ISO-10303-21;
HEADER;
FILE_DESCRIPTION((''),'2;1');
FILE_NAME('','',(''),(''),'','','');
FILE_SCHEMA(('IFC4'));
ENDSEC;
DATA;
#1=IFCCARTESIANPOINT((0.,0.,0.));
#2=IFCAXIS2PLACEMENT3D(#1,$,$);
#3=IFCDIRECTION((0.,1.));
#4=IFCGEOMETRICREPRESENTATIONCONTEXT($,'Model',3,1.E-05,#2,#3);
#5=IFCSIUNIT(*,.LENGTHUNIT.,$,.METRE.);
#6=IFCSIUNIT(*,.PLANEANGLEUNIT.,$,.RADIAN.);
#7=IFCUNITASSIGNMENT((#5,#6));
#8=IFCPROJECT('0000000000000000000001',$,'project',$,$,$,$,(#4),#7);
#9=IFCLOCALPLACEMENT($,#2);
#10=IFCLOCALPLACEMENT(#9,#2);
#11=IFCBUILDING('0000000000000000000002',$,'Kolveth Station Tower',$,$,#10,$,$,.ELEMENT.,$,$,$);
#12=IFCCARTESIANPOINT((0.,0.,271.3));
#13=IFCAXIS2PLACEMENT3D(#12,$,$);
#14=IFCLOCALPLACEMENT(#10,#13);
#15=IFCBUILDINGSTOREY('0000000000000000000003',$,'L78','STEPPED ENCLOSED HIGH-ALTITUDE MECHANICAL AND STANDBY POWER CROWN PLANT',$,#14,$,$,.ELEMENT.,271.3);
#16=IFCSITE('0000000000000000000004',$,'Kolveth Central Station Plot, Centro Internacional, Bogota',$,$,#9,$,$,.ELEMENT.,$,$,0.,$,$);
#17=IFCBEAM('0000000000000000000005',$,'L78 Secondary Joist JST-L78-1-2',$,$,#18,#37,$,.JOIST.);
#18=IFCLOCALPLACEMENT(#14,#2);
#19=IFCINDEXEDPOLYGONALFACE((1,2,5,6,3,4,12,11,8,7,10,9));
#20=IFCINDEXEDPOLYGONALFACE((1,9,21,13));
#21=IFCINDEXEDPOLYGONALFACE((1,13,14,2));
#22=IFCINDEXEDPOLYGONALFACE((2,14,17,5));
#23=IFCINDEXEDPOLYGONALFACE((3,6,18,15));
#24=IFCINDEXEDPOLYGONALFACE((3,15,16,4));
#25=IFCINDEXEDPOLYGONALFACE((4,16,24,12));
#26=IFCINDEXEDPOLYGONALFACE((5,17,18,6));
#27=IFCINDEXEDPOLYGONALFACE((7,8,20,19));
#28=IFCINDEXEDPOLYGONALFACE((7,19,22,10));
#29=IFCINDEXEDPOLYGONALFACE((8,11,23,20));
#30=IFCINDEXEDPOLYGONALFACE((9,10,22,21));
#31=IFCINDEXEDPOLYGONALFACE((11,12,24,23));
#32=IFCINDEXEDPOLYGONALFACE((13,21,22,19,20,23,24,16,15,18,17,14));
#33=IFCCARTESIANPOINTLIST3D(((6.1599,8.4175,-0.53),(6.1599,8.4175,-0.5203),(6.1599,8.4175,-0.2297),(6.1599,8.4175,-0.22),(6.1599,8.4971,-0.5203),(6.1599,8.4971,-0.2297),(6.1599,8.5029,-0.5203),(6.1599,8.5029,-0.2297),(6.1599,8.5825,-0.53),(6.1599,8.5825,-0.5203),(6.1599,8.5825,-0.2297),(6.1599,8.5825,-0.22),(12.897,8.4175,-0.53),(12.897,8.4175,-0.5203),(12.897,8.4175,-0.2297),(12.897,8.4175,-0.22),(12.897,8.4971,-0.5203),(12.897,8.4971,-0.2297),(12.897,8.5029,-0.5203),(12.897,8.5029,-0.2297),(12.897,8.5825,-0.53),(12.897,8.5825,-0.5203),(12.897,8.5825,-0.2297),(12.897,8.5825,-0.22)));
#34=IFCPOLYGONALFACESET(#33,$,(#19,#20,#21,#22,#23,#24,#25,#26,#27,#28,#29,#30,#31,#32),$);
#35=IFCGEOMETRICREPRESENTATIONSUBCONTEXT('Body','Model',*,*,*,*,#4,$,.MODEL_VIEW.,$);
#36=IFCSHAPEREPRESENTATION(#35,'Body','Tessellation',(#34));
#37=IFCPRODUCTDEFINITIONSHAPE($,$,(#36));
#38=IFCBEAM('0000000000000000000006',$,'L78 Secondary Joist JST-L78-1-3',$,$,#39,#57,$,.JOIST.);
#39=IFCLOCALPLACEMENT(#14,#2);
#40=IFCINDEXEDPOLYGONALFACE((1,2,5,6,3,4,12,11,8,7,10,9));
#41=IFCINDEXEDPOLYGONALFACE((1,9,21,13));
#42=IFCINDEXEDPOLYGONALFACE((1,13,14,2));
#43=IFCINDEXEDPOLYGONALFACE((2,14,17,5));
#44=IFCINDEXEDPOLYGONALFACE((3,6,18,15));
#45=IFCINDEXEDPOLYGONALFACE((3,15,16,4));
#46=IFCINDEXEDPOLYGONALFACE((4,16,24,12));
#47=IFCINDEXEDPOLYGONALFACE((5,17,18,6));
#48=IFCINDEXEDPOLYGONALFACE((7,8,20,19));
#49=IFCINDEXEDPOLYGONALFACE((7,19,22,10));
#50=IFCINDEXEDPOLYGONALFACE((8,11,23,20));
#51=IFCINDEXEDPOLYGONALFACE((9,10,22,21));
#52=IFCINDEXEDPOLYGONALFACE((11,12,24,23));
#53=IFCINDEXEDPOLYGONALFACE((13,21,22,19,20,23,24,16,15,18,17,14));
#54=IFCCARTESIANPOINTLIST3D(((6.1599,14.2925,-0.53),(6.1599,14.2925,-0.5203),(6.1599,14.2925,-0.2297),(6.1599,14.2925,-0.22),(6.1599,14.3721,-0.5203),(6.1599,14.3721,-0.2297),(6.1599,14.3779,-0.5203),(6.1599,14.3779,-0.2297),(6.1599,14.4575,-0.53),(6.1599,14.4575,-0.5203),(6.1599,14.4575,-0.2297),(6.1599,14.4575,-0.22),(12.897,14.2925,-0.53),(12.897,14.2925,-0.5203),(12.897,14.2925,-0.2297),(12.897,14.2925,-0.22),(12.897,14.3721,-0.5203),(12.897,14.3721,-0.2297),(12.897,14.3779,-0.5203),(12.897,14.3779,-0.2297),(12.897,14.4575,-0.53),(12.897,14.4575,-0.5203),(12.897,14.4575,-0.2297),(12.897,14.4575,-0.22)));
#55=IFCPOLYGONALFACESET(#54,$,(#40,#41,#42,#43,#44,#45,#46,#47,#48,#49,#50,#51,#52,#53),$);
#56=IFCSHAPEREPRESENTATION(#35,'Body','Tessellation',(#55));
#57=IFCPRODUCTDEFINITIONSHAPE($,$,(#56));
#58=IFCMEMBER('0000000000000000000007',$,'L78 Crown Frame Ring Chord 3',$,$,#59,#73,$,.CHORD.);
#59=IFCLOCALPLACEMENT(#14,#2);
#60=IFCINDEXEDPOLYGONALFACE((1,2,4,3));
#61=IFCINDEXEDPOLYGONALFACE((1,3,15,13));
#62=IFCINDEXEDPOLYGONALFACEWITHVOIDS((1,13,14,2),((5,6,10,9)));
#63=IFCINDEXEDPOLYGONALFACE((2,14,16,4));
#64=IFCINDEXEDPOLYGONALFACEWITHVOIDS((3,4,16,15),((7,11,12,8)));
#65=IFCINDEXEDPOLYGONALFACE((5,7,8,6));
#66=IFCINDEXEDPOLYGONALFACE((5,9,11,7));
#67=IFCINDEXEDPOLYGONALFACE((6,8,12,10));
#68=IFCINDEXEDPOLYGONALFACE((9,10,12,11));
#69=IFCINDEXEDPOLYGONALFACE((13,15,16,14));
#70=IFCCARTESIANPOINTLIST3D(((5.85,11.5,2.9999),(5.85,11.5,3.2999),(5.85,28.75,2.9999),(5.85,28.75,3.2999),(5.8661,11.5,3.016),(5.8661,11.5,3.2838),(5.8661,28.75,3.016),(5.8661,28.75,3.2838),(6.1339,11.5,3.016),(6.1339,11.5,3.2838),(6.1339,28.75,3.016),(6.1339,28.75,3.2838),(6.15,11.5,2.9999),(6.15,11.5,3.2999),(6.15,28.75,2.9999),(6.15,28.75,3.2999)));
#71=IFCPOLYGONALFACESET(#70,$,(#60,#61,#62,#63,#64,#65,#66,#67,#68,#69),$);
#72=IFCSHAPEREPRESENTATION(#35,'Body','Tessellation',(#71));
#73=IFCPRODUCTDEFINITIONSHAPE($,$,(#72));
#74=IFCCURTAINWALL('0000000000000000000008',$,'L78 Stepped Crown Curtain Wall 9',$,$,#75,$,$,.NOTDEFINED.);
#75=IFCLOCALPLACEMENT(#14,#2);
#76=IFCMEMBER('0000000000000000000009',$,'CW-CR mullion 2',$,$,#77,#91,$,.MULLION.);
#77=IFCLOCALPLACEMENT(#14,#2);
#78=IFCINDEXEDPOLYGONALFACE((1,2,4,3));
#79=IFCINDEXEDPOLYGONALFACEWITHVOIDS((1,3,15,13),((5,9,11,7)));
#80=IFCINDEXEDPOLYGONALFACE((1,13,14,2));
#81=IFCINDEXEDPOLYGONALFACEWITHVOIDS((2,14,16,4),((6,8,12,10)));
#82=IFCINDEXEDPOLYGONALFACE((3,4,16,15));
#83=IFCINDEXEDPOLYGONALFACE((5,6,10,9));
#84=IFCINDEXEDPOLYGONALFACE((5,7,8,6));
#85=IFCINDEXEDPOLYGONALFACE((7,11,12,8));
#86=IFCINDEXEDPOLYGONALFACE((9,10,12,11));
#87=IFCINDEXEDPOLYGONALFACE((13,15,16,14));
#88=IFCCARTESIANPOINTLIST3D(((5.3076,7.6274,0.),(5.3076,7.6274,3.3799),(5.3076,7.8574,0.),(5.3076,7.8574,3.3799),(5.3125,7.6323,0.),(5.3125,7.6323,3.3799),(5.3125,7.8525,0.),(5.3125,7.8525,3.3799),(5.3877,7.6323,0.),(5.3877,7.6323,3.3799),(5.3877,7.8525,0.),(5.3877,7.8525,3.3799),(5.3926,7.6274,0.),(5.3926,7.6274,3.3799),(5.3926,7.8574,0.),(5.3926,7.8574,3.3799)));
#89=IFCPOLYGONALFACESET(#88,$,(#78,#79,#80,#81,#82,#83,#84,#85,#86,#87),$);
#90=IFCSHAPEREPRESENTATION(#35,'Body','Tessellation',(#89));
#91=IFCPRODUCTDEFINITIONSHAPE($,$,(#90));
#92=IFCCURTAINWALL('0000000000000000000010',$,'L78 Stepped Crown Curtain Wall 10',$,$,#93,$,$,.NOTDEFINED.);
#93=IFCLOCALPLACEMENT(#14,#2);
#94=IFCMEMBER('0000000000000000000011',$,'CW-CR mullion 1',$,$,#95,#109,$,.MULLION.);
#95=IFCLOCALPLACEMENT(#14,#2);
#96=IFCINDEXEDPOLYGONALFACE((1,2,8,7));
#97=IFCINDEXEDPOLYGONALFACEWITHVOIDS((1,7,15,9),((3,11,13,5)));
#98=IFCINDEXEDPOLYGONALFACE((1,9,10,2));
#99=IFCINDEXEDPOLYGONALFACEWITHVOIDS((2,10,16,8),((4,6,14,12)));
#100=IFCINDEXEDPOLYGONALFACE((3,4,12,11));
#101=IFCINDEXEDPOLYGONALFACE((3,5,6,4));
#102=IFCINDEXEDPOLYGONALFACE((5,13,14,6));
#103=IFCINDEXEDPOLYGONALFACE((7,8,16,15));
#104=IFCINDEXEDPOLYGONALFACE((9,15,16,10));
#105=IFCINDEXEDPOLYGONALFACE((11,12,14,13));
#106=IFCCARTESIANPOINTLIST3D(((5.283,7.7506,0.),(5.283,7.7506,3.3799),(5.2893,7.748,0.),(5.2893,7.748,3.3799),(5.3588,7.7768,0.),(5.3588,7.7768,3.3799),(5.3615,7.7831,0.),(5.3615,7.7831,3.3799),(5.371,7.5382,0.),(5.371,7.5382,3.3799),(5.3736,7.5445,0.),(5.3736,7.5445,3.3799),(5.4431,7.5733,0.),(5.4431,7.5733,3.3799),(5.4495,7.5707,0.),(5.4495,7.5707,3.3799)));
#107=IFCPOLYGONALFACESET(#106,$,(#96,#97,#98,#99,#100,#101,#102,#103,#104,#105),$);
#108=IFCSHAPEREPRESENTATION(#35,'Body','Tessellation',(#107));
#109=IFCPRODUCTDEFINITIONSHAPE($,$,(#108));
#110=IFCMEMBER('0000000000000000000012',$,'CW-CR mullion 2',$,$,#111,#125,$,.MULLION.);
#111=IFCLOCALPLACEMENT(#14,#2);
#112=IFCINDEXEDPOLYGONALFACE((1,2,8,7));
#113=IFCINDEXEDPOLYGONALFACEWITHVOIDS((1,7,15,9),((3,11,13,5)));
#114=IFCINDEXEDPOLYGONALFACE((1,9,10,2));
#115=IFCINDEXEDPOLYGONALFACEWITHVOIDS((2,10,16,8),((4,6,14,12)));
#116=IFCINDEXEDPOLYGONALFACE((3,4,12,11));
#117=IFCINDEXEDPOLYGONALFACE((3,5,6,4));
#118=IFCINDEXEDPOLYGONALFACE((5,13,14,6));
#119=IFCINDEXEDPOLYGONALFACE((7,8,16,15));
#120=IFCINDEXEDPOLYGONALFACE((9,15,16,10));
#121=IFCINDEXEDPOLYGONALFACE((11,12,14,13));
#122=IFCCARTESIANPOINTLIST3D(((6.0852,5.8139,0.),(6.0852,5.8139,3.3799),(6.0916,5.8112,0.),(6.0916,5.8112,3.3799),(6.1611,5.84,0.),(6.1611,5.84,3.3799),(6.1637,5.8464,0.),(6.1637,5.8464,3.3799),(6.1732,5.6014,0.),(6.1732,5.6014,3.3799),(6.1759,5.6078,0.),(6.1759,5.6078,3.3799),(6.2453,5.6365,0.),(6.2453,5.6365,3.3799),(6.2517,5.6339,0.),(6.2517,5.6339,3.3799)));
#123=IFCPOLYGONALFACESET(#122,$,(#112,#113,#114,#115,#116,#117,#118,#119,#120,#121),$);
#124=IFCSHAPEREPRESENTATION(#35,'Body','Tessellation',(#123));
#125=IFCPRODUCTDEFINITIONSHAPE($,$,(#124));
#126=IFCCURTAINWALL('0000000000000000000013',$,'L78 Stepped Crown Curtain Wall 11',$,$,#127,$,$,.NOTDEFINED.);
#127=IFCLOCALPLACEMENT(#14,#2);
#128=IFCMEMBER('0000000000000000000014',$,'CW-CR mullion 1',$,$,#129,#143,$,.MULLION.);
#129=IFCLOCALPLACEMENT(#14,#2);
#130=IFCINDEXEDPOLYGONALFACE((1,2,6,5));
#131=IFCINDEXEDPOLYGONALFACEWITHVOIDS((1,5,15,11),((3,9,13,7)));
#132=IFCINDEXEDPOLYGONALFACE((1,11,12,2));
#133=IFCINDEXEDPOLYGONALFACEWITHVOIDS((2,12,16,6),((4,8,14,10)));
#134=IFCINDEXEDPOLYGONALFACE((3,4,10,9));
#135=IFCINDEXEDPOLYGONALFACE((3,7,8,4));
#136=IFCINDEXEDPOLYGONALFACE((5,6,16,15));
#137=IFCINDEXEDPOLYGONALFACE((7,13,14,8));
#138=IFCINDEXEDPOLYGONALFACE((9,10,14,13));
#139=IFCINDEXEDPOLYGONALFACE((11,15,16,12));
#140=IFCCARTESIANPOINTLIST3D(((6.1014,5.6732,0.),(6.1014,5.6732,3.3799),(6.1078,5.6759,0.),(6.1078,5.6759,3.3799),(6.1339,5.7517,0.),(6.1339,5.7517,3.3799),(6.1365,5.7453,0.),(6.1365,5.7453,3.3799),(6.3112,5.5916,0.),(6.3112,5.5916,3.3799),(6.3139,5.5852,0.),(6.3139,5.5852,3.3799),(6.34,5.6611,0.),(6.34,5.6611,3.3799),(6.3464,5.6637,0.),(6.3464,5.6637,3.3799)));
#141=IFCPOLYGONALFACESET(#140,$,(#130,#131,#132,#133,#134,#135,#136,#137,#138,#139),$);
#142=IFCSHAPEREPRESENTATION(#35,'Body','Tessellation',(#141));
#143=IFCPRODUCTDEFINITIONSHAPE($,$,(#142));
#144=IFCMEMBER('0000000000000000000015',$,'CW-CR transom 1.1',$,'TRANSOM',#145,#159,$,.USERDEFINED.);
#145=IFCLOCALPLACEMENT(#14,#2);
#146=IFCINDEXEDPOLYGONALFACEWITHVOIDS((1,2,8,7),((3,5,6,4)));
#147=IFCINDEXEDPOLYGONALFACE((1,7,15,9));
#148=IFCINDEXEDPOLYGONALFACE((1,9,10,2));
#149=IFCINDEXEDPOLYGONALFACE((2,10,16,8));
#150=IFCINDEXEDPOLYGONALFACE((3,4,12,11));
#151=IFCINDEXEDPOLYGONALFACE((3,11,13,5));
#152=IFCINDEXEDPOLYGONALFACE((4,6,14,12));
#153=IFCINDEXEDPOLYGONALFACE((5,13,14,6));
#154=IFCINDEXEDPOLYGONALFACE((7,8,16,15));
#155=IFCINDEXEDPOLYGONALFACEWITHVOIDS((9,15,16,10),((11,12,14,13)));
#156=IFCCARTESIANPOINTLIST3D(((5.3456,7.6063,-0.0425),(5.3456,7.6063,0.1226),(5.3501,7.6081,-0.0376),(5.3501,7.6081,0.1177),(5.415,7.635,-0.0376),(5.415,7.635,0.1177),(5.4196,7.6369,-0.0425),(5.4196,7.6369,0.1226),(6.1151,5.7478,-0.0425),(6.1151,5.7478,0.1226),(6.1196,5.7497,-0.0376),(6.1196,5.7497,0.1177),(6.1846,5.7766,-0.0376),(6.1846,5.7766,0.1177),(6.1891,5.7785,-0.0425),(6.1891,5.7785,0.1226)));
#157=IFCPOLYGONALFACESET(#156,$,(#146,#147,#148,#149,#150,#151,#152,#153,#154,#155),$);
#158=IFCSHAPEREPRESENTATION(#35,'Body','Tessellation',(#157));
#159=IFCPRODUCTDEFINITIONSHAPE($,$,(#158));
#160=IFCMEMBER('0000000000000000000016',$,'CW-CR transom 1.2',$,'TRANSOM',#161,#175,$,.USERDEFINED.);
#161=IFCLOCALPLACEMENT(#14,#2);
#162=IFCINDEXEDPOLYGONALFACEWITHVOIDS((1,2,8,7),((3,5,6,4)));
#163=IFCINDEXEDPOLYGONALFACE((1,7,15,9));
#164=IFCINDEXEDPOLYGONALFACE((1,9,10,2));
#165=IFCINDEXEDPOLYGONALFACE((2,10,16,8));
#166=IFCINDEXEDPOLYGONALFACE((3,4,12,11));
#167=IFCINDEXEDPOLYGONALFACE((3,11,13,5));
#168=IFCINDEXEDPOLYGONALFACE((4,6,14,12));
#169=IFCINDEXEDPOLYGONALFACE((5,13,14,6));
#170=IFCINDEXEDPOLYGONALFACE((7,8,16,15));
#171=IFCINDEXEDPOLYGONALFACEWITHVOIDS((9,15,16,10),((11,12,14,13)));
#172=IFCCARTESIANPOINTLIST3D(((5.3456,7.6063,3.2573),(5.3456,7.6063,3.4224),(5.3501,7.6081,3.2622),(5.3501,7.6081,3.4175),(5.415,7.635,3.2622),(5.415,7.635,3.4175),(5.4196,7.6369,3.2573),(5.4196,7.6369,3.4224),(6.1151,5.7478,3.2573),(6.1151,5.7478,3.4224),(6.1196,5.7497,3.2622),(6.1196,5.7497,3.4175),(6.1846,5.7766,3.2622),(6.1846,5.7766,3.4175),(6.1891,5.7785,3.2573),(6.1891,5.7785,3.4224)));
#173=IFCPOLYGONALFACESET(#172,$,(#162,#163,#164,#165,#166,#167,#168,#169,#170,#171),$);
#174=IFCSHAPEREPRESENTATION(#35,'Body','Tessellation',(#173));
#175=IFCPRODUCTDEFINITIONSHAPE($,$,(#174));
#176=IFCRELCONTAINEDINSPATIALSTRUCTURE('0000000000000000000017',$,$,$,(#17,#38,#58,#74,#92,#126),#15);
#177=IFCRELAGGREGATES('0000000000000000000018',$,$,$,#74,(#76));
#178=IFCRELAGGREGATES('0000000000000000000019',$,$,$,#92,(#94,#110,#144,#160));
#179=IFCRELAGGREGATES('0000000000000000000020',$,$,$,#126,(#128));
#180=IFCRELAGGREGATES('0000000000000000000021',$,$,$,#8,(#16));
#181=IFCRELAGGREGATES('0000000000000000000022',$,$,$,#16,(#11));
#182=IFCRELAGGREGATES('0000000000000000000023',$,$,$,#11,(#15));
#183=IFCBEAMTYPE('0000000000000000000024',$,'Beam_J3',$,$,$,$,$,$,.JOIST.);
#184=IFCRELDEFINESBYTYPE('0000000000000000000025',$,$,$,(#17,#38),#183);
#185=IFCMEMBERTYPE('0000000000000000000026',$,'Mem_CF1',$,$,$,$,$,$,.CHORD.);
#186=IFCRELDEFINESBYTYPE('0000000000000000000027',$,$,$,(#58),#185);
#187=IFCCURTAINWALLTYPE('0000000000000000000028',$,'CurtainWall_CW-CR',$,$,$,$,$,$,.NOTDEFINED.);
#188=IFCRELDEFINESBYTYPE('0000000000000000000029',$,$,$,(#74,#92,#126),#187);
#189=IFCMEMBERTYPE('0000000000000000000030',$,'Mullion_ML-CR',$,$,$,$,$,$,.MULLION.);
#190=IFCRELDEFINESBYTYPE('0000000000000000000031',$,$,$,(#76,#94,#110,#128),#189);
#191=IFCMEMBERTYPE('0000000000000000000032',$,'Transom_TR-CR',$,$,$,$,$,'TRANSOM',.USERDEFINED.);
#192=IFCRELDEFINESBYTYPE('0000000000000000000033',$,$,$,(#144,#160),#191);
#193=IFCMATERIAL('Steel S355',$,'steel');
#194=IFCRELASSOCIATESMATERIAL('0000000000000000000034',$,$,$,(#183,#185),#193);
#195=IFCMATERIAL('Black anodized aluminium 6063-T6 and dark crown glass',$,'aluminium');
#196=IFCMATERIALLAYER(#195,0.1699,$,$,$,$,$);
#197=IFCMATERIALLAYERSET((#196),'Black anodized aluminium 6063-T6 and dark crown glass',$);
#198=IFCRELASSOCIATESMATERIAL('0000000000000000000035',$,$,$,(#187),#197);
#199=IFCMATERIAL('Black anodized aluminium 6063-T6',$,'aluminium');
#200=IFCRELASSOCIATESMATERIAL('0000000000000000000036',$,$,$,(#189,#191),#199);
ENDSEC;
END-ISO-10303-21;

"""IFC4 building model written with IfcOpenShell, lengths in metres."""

from ifc_helpers import new_model, si_unit, direction, frame, origin, origin_2d, place, context, subcontext, project, spatial, hollow_rectangle, i_section, extrude, source, transform, mapped, material, layer, layer_set, material_profile, profile_set, type_object, element, aggregate, save


model = new_model("IFC4")

# Units and contexts
model_context = context("Model", 3, precision=1e-05, world=origin(), true_north=direction((0.0, 1.0)))
body_context = subcontext(model_context, "Body", "Model", "MODEL_VIEW")
ifc_project = project(units=[si_unit("LENGTHUNIT", "METRE"), si_unit("PLANEANGLEUNIT", "RADIAN")], contexts=[model_context])

# Site, building, storey
site_placement = place(None, origin())
site = spatial("IfcSite", under=ifc_project, at=site_placement, Name="Kolveth Central Station Plot, Centro Internacional, Bogota", CompositionType="ELEMENT", RefElevation=0.0)
building_placement = place(site_placement, origin())
building = spatial("IfcBuilding", under=site, at=building_placement, Name="Kolveth Station Tower", CompositionType="ELEMENT")
storey_placement = place(building_placement, frame((0.0, 0.0, 271.3)))
storey = spatial("IfcBuildingStorey", under=building, at=storey_placement, Name="L78", Description="STEPPED ENCLOSED HIGH-ALTITUDE MECHANICAL AND STANDBY POWER CROWN PLANT", CompositionType="ELEMENT", Elevation=271.3)

# Shared definitions
ifc_material_1 = material(Name="Steel S355", Category="steel")

# Beams
ifc_material_profile_1 = material_profile(ifc_material_1, i_section(OverallWidth=0.165, OverallDepth=0.3101, WebThickness=0.0059, FlangeThickness=0.0098, at=origin_2d()), Name="W310x39")
ifc_profile_set_1 = profile_set([ifc_material_profile_1], Name="Steel S355")
beam_type_1 = type_object("IfcBeamType", Name="Beam_J3", PredefinedType="JOIST", material=ifc_profile_set_1)
shared_shape_1 = source(origin(), body_context, "Body", "SweptSolid", [
    extrude(i_section(OverallWidth=0.165, OverallDepth=0.3101, WebThickness=0.0059, FlangeThickness=0.0098, at=origin_2d()), origin(), (0.0, 0.0, 1.0), 6.7371),
])
for number, where, z_axis, x_axis, name in (
    (1, (6.1599, 8.5, -0.375), (1.0, 0.0, 0.0), (0.0, 1.0, 0.0), "L78 Secondary Joist JST-L78-1-2"),
    (2, (6.1599, 14.375, -0.375), (1.0, 0.0, 0.0), (0.0, 1.0, 0.0), "L78 Secondary Joist JST-L78-1-3"),
):
    element("IfcBeam", number, at=place(storey_placement, frame(where, z_axis=z_axis, x_axis=x_axis)), inside=storey, type_object=beam_type_1, Name=name, PredefinedType="JOIST", context=body_context, shape_type="MappedRepresentation", body=[
        mapped(shared_shape_1, transform((0.0, 0.0, 0.0), x_axis=(1.0, 0.0, 0.0), y_axis=(0.0, 1.0, 0.0), z_axis=(0.0, 0.0, 1.0), scale=1.0)),
    ])

# Member
ifc_material_profile_2 = material_profile(ifc_material_1, hollow_rectangle(XDim=0.3, YDim=0.3, WallThickness=0.0161, at=origin_2d()), Name="CROWN-HSS300x300x16")
ifc_profile_set_2 = profile_set([ifc_material_profile_2], Name="Steel S355")
member_type_1 = type_object("IfcMemberType", Name="Mem_CF1", PredefinedType="CHORD", material=ifc_profile_set_2)
shared_shape_2 = source(origin(), body_context, "Body", "SweptSolid", [
    extrude(hollow_rectangle(XDim=0.3, YDim=0.3, WallThickness=0.0161, at=origin_2d()), origin(), (0.0, 0.0, 1.0), 17.25),
])
member_1_placement = place(storey_placement, frame((6.0, 11.5, 3.1499), z_axis=(0.0, 1.0, 0.0), x_axis=(-1.0, 0.0, 0.0)))
element("IfcMember", 3, at=member_1_placement, inside=storey, type_object=member_type_1, Name="L78 Crown Frame Ring Chord 3", PredefinedType="CHORD", context=body_context, shape_type="MappedRepresentation", body=[
    mapped(shared_shape_2, transform((0.0, 0.0, 0.0), x_axis=(1.0, 0.0, 0.0), y_axis=(0.0, 1.0, 0.0), z_axis=(0.0, 0.0, 1.0), scale=1.0)),
])

# Curtain wall, member
ifc_material_2 = material(Name="Black anodized aluminium 6063-T6 and dark crown glass", Category="aluminium")
ifc_layer_1 = layer(ifc_material_2, 0.1699)
ifc_layer_set_1 = layer_set([ifc_layer_1], Name="Black anodized aluminium 6063-T6 and dark crown glass")
curtain_wall_type = type_object("IfcCurtainWallType", Name="CurtainWall_CW-CR", PredefinedType="NOTDEFINED", material=ifc_layer_set_1)
curtain_wall_1_placement = place(storey_placement, origin())
curtain_wall_1 = element("IfcCurtainWall", 4, at=curtain_wall_1_placement, inside=storey, type_object=curtain_wall_type, Name="L78 Stepped Crown Curtain Wall 9", PredefinedType="NOTDEFINED")
ifc_material_3 = material(Name="Black anodized aluminium 6063-T6", Category="aluminium")
ifc_material_profile_3 = material_profile(ifc_material_3, hollow_rectangle(XDim=0.085, YDim=0.23, WallThickness=0.0049, at=origin_2d()), Name="ALU-85x230x5")
ifc_profile_set_3 = profile_set([ifc_material_profile_3], Name="Black anodized aluminium 6063-T6")
member_type_2 = type_object("IfcMemberType", Name="Mullion_ML-CR", PredefinedType="MULLION", material=ifc_profile_set_3)
shared_shape_3 = source(origin(), body_context, "Body", "SweptSolid", [
    extrude(hollow_rectangle(XDim=0.085, YDim=0.23, WallThickness=0.0049, at=origin_2d()), origin(), (0.0, 0.0, 1.0), 3.3799),
])
member_2_placement = place(storey_placement, frame((5.3501, 7.7424, 0.0), z_axis=(0.0, 0.0, 1.0), x_axis=(1.0, 0.0, 0.0)))
member_2 = element("IfcMember", 5, at=member_2_placement, type_object=member_type_2, Name="CW-CR mullion 2", PredefinedType="MULLION", context=body_context, shape_type="MappedRepresentation", body=[
    mapped(shared_shape_3, transform((0.0, 0.0, 0.0), x_axis=(1.0, 0.0, 0.0), y_axis=(0.0, 1.0, 0.0), z_axis=(0.0, 0.0, 1.0), scale=1.0)),
])
aggregate(curtain_wall_1, [member_2])

# Curtain wall, members
curtain_wall_2_placement = place(storey_placement, origin())
curtain_wall_2 = element("IfcCurtainWall", 6, at=curtain_wall_2_placement, inside=storey, type_object=curtain_wall_type, Name="L78 Stepped Crown Curtain Wall 10", PredefinedType="NOTDEFINED")
member_3_placement = place(storey_placement, frame((5.3662, 7.6606, 0.0), z_axis=(0.0, 0.0, 1.0), x_axis=(0.92389, 0.382658, 0.0)))
member_3 = element("IfcMember", 7, at=member_3_placement, type_object=member_type_2, Name="CW-CR mullion 1", PredefinedType="MULLION", context=body_context, shape_type="MappedRepresentation", body=[
    mapped(shared_shape_3, transform((0.0, 0.0, 0.0), x_axis=(1.0, 0.0, 0.0), y_axis=(0.0, 1.0, 0.0), z_axis=(0.0, 0.0, 1.0), scale=1.0)),
])
member_4_placement = place(storey_placement, frame((6.1685, 5.7239, 0.0), z_axis=(0.0, 0.0, 1.0), x_axis=(0.92389, 0.382658, 0.0)))
member_4 = element("IfcMember", 8, at=member_4_placement, type_object=member_type_2, Name="CW-CR mullion 2", PredefinedType="MULLION", context=body_context, shape_type="MappedRepresentation", body=[
    mapped(shared_shape_3, transform((0.0, 0.0, 0.0), x_axis=(1.0, 0.0, 0.0), y_axis=(0.0, 1.0, 0.0), z_axis=(0.0, 0.0, 1.0), scale=1.0)),
])

# Curtain wall, member
curtain_wall_3_placement = place(storey_placement, origin())
curtain_wall_3 = element("IfcCurtainWall", 9, at=curtain_wall_3_placement, inside=storey, type_object=curtain_wall_type, Name="L78 Stepped Crown Curtain Wall 11", PredefinedType="NOTDEFINED")
member_5_placement = place(storey_placement, frame((6.2239, 5.6685, 0.0), z_axis=(0.0, 0.0, 1.0), x_axis=(0.382658, 0.92389, 0.0)))
member_5 = element("IfcMember", 10, at=member_5_placement, type_object=member_type_2, Name="CW-CR mullion 1", PredefinedType="MULLION", context=body_context, shape_type="MappedRepresentation", body=[
    mapped(shared_shape_3, transform((0.0, 0.0, 0.0), x_axis=(1.0, 0.0, 0.0), y_axis=(0.0, 1.0, 0.0), z_axis=(0.0, 0.0, 1.0), scale=1.0)),
])

# Members
ifc_material_profile_4 = material_profile(ifc_material_3, hollow_rectangle(XDim=0.0801, YDim=0.165, WallThickness=0.0049, at=origin_2d()), Name="ALU-80x165x5")
ifc_profile_set_4 = profile_set([ifc_material_profile_4], Name="Black anodized aluminium 6063-T6")
member_type_3 = type_object("IfcMemberType", Name="Transom_TR-CR", ElementType="TRANSOM", PredefinedType="USERDEFINED", material=ifc_profile_set_4)
shared_shape_4 = source(origin(), body_context, "Body", "SweptSolid", [
    extrude(hollow_rectangle(XDim=0.0801, YDim=0.165, WallThickness=0.0049, at=origin_2d()), origin(), (0.0, 0.0, 1.0), 2.0115),
])
member_6_placement = place(storey_placement, frame((5.3826, 7.6216, 0.04), z_axis=(0.38258, -0.923922, 0.0), x_axis=(0.923922, 0.38258, 0.0)))
member_6 = element("IfcMember", 11, at=member_6_placement, type_object=member_type_3, Name="CW-CR transom 1.1", ObjectType="TRANSOM", PredefinedType="USERDEFINED", context=body_context, shape_type="MappedRepresentation", body=[
    mapped(shared_shape_4, transform((0.0, 0.0, 0.0), x_axis=(1.0, 0.0, 0.0), y_axis=(0.0, 1.0, 0.0), z_axis=(0.0, 0.0, 1.0), scale=1.0)),
])
member_7_placement = place(storey_placement, frame((5.3826, 7.6216, 3.3398), z_axis=(0.38258, -0.923922, 0.0), x_axis=(0.923922, 0.38258, 0.0)))
member_7 = element("IfcMember", 12, at=member_7_placement, type_object=member_type_3, Name="CW-CR transom 1.2", ObjectType="TRANSOM", PredefinedType="USERDEFINED", context=body_context, shape_type="MappedRepresentation", body=[
    mapped(shared_shape_4, transform((0.0, 0.0, 0.0), x_axis=(1.0, 0.0, 0.0), y_axis=(0.0, 1.0, 0.0), z_axis=(0.0, 0.0, 1.0), scale=1.0)),
])

aggregate(curtain_wall_2, [member_3, member_4, member_6, member_7])
aggregate(curtain_wall_3, [member_5])

save(model, "model.ifc")
